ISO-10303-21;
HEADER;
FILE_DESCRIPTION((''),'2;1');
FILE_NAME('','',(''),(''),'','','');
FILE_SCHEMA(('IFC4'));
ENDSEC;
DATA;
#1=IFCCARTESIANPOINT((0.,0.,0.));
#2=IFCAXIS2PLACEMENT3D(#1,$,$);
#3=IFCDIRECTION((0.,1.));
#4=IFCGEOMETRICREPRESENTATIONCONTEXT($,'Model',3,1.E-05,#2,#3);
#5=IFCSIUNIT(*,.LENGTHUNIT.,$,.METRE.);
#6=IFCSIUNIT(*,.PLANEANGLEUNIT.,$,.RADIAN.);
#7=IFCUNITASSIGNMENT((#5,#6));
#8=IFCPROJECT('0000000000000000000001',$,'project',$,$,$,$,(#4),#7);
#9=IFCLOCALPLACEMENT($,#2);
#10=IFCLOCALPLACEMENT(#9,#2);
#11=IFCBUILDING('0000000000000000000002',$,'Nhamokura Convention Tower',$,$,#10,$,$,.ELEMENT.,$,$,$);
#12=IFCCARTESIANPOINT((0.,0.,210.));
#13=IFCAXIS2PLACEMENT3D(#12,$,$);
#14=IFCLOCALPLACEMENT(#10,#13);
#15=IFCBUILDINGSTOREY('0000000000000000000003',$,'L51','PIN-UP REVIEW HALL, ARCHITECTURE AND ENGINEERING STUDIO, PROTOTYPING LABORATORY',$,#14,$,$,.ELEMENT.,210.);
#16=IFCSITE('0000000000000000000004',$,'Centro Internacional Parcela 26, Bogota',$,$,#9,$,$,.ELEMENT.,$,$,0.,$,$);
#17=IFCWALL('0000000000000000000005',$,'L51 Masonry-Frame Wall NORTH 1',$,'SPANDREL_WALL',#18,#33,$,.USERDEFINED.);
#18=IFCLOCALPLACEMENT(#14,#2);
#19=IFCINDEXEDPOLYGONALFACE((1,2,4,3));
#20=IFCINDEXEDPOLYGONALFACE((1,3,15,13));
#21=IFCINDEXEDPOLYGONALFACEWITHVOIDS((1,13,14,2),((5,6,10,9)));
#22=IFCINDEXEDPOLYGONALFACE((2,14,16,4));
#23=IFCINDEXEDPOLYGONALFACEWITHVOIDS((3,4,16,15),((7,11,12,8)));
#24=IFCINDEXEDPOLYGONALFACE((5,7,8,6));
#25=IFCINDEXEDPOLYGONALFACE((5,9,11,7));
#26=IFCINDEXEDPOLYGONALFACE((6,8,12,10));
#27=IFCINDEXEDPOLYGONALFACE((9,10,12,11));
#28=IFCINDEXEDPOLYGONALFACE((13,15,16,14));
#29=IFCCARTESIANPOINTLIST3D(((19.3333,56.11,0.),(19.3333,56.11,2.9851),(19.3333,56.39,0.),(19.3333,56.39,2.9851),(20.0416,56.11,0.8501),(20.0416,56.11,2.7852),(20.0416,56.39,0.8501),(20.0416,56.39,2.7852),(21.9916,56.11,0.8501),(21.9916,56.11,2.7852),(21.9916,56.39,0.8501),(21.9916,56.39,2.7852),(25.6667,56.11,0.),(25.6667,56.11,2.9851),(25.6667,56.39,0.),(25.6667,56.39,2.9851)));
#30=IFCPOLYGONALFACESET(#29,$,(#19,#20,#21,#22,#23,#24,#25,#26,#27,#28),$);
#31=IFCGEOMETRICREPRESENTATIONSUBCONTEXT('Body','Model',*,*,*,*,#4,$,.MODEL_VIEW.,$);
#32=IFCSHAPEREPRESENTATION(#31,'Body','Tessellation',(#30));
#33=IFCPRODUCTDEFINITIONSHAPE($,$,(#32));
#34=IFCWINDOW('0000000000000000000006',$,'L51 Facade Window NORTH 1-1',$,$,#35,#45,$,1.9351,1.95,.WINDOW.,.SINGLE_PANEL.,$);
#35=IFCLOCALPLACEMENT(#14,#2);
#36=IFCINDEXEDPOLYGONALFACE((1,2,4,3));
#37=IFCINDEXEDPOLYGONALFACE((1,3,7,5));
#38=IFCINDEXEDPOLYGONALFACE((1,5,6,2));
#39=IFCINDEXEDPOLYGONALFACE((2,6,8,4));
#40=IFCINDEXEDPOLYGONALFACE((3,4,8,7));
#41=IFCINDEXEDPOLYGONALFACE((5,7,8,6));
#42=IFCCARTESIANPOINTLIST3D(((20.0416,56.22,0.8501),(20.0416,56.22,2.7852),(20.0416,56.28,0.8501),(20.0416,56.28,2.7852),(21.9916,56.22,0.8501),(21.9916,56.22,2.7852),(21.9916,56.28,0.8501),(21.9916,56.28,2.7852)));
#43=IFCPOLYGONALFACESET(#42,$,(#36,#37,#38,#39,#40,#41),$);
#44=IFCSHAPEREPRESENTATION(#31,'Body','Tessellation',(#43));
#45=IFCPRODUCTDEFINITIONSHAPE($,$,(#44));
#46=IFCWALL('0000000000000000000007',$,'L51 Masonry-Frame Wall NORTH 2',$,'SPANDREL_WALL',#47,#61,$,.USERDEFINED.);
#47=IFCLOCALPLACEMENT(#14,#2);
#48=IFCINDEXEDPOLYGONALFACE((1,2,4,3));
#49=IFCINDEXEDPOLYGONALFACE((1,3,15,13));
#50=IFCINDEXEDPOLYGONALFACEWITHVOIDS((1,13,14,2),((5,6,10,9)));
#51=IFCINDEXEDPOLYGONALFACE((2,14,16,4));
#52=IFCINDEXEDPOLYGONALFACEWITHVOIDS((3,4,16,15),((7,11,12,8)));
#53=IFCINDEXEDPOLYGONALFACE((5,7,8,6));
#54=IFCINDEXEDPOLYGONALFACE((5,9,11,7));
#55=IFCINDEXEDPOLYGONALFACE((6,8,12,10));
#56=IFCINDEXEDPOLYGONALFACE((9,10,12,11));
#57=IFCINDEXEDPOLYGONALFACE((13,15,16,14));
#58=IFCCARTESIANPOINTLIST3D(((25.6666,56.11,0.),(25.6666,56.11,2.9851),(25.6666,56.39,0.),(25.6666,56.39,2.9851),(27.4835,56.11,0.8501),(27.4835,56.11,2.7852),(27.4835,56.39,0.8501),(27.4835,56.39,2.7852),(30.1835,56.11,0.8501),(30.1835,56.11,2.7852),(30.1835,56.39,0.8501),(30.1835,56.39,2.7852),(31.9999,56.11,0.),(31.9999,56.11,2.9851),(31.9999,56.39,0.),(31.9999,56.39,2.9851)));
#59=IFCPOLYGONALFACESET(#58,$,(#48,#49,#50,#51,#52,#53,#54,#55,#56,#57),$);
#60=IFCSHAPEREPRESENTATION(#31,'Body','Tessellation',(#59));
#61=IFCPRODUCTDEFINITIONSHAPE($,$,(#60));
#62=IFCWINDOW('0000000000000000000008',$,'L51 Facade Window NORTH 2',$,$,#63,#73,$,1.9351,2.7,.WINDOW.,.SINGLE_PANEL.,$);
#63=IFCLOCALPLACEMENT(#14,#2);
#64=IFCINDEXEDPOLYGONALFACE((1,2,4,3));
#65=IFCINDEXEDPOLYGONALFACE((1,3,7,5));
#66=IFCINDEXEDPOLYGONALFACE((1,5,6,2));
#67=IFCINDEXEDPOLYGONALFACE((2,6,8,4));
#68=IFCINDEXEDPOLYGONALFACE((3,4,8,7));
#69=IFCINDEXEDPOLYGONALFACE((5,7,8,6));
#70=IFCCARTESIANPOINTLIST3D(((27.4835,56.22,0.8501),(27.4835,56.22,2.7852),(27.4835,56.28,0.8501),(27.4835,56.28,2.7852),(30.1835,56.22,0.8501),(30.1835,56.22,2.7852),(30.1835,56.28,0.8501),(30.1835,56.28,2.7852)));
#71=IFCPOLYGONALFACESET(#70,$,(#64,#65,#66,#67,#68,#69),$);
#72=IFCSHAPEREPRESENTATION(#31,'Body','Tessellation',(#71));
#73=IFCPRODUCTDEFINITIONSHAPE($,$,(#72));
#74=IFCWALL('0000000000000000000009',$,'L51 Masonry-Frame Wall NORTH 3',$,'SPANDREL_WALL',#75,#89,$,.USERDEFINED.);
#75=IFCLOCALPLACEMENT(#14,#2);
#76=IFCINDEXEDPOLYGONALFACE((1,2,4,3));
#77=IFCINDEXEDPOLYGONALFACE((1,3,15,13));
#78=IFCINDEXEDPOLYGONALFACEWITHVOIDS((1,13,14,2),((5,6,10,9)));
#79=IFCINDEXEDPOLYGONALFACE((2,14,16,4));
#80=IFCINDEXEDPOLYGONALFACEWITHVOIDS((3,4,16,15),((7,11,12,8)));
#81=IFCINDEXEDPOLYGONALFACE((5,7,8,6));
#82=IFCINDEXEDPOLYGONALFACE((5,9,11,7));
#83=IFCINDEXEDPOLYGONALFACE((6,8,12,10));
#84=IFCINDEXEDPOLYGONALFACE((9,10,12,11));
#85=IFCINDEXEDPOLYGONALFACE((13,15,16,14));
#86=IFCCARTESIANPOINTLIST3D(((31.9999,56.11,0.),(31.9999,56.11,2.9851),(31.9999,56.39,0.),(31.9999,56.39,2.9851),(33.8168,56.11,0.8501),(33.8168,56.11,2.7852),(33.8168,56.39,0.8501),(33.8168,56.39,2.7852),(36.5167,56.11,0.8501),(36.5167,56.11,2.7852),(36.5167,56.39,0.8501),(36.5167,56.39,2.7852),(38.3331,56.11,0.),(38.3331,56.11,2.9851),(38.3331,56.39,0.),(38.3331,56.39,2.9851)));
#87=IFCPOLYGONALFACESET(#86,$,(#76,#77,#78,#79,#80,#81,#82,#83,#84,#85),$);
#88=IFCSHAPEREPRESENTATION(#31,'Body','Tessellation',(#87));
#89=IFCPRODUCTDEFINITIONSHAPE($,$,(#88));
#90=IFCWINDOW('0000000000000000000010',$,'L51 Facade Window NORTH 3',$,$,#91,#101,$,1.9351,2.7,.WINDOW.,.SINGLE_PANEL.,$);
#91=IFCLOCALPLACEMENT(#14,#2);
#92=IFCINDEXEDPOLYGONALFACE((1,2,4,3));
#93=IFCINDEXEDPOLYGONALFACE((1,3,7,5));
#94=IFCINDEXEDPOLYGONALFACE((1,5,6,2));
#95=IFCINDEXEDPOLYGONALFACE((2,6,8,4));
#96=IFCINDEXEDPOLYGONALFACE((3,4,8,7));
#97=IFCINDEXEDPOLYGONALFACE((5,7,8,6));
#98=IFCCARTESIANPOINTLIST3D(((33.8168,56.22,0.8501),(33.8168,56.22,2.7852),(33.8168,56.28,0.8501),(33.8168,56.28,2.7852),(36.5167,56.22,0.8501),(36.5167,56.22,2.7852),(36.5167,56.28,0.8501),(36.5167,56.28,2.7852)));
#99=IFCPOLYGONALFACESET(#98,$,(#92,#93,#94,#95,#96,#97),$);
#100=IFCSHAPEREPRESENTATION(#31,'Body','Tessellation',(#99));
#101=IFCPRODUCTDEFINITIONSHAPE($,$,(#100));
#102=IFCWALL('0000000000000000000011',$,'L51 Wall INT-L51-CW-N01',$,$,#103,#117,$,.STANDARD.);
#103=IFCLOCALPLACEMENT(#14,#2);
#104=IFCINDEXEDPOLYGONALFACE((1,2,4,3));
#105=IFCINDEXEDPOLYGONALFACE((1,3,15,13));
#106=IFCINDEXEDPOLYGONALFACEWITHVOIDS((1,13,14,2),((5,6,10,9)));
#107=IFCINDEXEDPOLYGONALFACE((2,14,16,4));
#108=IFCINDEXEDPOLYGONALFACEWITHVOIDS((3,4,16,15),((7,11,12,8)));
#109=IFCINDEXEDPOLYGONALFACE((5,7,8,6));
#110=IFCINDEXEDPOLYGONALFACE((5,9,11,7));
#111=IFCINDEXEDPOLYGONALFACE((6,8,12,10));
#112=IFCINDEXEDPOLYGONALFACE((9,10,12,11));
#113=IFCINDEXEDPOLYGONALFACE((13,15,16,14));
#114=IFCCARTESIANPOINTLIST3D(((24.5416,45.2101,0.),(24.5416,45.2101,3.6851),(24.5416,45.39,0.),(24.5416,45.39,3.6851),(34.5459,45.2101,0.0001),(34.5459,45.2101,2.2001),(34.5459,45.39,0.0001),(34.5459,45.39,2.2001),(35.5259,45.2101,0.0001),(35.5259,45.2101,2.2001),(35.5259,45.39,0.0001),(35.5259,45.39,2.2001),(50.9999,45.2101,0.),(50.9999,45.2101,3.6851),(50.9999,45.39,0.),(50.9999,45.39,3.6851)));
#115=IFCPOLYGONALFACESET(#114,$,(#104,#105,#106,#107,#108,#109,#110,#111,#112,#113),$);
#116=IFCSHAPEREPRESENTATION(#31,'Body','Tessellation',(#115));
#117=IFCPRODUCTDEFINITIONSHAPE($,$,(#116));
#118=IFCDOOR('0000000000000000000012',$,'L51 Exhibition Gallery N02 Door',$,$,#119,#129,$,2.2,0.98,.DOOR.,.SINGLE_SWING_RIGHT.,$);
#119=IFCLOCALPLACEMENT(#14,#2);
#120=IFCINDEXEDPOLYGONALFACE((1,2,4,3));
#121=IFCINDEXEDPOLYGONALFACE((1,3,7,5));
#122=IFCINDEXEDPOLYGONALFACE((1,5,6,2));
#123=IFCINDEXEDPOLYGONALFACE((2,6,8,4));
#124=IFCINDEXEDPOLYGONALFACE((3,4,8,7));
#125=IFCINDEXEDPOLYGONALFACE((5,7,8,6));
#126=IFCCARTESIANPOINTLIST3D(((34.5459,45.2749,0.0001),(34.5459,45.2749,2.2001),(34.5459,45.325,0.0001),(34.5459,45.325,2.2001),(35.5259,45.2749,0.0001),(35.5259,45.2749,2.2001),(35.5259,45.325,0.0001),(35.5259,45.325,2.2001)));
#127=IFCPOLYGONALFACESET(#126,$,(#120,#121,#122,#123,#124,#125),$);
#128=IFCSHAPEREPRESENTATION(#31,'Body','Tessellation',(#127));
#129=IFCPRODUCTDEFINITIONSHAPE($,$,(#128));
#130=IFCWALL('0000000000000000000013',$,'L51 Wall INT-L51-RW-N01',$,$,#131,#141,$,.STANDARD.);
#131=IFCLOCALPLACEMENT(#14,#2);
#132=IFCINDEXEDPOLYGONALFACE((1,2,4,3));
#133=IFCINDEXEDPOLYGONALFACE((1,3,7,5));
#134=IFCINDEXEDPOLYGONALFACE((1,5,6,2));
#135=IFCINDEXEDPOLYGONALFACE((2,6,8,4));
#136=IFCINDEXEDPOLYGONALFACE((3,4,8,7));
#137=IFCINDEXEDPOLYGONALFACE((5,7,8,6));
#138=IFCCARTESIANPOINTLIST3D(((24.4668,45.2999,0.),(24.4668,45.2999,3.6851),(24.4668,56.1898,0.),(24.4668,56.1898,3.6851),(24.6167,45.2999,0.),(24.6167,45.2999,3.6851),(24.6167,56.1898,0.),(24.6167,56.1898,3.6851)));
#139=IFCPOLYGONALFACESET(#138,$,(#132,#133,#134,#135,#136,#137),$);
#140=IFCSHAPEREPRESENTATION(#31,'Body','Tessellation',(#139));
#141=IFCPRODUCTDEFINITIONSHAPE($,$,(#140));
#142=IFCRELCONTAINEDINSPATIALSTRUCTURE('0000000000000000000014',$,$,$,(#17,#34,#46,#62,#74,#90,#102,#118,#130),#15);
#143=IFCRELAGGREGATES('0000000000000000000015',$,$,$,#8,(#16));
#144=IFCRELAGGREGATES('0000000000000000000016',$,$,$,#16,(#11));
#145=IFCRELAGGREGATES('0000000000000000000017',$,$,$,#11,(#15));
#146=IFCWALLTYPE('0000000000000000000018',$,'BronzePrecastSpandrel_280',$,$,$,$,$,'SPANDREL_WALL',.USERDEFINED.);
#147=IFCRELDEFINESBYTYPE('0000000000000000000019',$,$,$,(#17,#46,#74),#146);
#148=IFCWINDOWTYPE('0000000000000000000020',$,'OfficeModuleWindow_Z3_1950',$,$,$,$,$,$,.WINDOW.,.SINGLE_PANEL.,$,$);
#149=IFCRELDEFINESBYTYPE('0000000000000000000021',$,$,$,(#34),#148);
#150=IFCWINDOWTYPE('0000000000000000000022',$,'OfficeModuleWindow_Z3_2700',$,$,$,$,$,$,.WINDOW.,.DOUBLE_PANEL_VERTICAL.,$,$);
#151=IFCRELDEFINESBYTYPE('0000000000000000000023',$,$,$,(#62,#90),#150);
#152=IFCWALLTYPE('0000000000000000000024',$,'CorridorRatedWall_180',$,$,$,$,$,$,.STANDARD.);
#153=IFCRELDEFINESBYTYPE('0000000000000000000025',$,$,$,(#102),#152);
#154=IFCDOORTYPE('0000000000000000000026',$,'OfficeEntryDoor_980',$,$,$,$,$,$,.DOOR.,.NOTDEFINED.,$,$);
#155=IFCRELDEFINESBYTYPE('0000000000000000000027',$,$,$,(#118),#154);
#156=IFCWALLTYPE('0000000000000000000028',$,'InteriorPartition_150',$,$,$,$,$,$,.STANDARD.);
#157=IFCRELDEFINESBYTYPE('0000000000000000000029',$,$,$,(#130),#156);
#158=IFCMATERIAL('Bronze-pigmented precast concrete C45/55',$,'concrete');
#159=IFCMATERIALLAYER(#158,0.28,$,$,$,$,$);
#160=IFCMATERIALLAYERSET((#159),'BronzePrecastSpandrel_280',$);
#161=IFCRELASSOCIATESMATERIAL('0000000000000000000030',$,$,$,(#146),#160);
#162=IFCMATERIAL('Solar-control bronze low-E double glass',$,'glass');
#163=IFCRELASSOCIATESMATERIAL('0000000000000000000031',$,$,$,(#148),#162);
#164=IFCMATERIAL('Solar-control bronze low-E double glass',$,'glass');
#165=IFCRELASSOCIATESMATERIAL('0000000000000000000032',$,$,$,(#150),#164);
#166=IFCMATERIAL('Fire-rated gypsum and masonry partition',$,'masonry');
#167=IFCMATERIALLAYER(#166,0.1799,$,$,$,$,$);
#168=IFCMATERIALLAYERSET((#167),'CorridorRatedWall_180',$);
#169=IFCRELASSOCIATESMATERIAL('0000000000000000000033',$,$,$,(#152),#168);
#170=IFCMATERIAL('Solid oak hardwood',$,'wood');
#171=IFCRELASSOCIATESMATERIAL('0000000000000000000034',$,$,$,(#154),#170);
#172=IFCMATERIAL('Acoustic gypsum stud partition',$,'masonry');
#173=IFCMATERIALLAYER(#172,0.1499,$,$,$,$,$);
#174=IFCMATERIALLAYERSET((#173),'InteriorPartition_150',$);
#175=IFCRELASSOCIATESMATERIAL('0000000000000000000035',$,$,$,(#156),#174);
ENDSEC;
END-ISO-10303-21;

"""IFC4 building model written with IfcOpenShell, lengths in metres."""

from ifc_helpers import new_model, si_unit, direction, frame, frame_2d, origin, place, context, subcontext, project, spatial, rectangle, extrude, material, layer, layer_set, type_object, element, fill, save


model = new_model("IFC4")

# Units and contexts
model_context = context("Model", 3, precision=1e-05, world=origin(), true_north=direction((0.0, 1.0)))
body_context = subcontext(model_context, "Body", "Model", "MODEL_VIEW")
ifc_project = project(units=[si_unit("LENGTHUNIT", "METRE"), si_unit("PLANEANGLEUNIT", "RADIAN")], contexts=[model_context])

# Site, building, storey
site_placement = place(None, origin())
site = spatial("IfcSite", under=ifc_project, at=site_placement, Name="Centro Internacional Parcela 26, Bogota", CompositionType="ELEMENT", RefElevation=0.0)
building_placement = place(site_placement, origin())
building = spatial("IfcBuilding", under=site, at=building_placement, Name="Nhamokura Convention Tower", CompositionType="ELEMENT")
storey_placement = place(building_placement, frame((0.0, 0.0, 210.0)))
storey = spatial("IfcBuildingStorey", under=building, at=storey_placement, Name="L51", Description="PIN-UP REVIEW HALL, ARCHITECTURE AND ENGINEERING STUDIO, PROTOTYPING LABORATORY", CompositionType="ELEMENT", Elevation=210.0)

# Walls, openings, windows
ifc_material_1 = material(Name="Bronze-pigmented precast concrete C45/55", Category="concrete")
ifc_layer_1 = layer(ifc_material_1, 0.28)
ifc_layer_set_1 = layer_set([ifc_layer_1], Name="BronzePrecastSpandrel_280")
wall_type_1 = type_object("IfcWallType", Name="BronzePrecastSpandrel_280", ElementType="SPANDREL_WALL", PredefinedType="USERDEFINED", material=ifc_layer_set_1)
wall_1_placement = place(storey_placement, frame((19.3333, 56.25, 0.0), z_axis=(0.0, 0.0, 1.0), x_axis=(1.0, 0.0, 0.0)))
wall_1 = element("IfcWall", 1, at=wall_1_placement, inside=storey, type_object=wall_type_1, Name="L51 Masonry-Frame Wall NORTH 1", ObjectType="SPANDREL_WALL", PredefinedType="USERDEFINED", context=body_context, shape_type="SweptSolid", body=[
    extrude(rectangle(XDim=6.3335, YDim=0.28, at=frame_2d((3.1667, 0.0))), origin(), (0.0, 0.0, 1.0), 2.9851),
])
opening_1_placement = place(wall_1_placement, frame((0.7083, 0.0, 0.8501)))
opening_1 = element("IfcOpeningElement", 2, at=opening_1_placement, cuts=wall_1, PredefinedType="OPENING", context=body_context, shape_type="SweptSolid", body=[
    extrude(rectangle(XDim=1.95, YDim=1.9351, at=frame_2d((0.9751, 0.9675))), frame((0.0, 0.1499, 0.0), z_axis=(0.0, -1.0, 0.0), x_axis=(1.0, 0.0, 0.0)), (0.0, 0.0, 1.0), 0.3),
])
ifc_material_2 = material(Name="Solar-control bronze low-E double glass", Category="glass")
window_type_1 = type_object("IfcWindowType", Name="OfficeModuleWindow_Z3_1950", PartitioningType="SINGLE_PANEL", PredefinedType="WINDOW", material=ifc_material_2)
window_1_placement = place(opening_1_placement, origin())
window_1 = element("IfcWindow", 3, at=window_1_placement, inside=storey, type_object=window_type_1, Name="L51 Facade Window NORTH 1-1", OverallHeight=1.9351, OverallWidth=1.95, PartitioningType="SINGLE_PANEL", PredefinedType="WINDOW", context=body_context, shape_type="SweptSolid", body=[
    extrude(rectangle(XDim=1.95, YDim=1.9351, at=frame_2d((0.9751, 0.9675))), frame((0.0, 0.03, 0.0), z_axis=(0.0, -1.0, 0.0), x_axis=(1.0, 0.0, 0.0)), (0.0, 0.0, 1.0), 0.0601),
])
fill(opening_1, window_1)
wall_2_placement = place(storey_placement, frame((25.6667, 56.25, 0.0), z_axis=(0.0, 0.0, 1.0), x_axis=(1.0, 0.0, 0.0)))
wall_2 = element("IfcWall", 4, at=wall_2_placement, inside=storey, type_object=wall_type_1, Name="L51 Masonry-Frame Wall NORTH 2", ObjectType="SPANDREL_WALL", PredefinedType="USERDEFINED", context=body_context, shape_type="SweptSolid", body=[
    extrude(rectangle(XDim=6.3333, YDim=0.28, at=frame_2d((3.1665, 0.0))), origin(), (0.0, 0.0, 1.0), 2.9851),
])
opening_2_placement = place(wall_2_placement, frame((1.8167, 0.0, 0.8501)))
opening_2 = element("IfcOpeningElement", 5, at=opening_2_placement, cuts=wall_2, PredefinedType="OPENING", context=body_context, shape_type="SweptSolid", body=[
    extrude(rectangle(XDim=2.7, YDim=1.9351, at=frame_2d((1.3501, 0.9675))), frame((0.0, 0.1499, 0.0), z_axis=(0.0, -1.0, 0.0), x_axis=(1.0, 0.0, 0.0)), (0.0, 0.0, 1.0), 0.3),
])
ifc_material_3 = material(Name="Solar-control bronze low-E double glass", Category="glass")
window_type_2 = type_object("IfcWindowType", Name="OfficeModuleWindow_Z3_2700", PartitioningType="DOUBLE_PANEL_VERTICAL", PredefinedType="WINDOW", material=ifc_material_3)
window_2_placement = place(opening_2_placement, origin())
window_2 = element("IfcWindow", 6, at=window_2_placement, inside=storey, type_object=window_type_2, Name="L51 Facade Window NORTH 2", OverallHeight=1.9351, OverallWidth=2.7, PartitioningType="SINGLE_PANEL", PredefinedType="WINDOW", context=body_context, shape_type="SweptSolid", body=[
    extrude(rectangle(XDim=2.7, YDim=1.9351, at=frame_2d((1.3501, 0.9675))), frame((0.0, 0.03, 0.0), z_axis=(0.0, -1.0, 0.0), x_axis=(1.0, 0.0, 0.0)), (0.0, 0.0, 1.0), 0.0601),
])
fill(opening_2, window_2)
wall_3_placement = place(storey_placement, frame((32.0, 56.25, 0.0), z_axis=(0.0, 0.0, 1.0), x_axis=(1.0, 0.0, 0.0)))
wall_3 = element("IfcWall", 7, at=wall_3_placement, inside=storey, type_object=wall_type_1, Name="L51 Masonry-Frame Wall NORTH 3", ObjectType="SPANDREL_WALL", PredefinedType="USERDEFINED", context=body_context, shape_type="SweptSolid", body=[
    extrude(rectangle(XDim=6.3333, YDim=0.28, at=frame_2d((3.1665, 0.0))), origin(), (0.0, 0.0, 1.0), 2.9851),
])
opening_3_placement = place(wall_3_placement, frame((1.8167, 0.0, 0.8501)))
opening_3 = element("IfcOpeningElement", 8, at=opening_3_placement, cuts=wall_3, PredefinedType="OPENING", context=body_context, shape_type="SweptSolid", body=[
    extrude(rectangle(XDim=2.7, YDim=1.9351, at=frame_2d((1.3501, 0.9675))), frame((0.0, 0.1499, 0.0), z_axis=(0.0, -1.0, 0.0), x_axis=(1.0, 0.0, 0.0)), (0.0, 0.0, 1.0), 0.3),
])
window_3_placement = place(opening_3_placement, origin())
window_3 = element("IfcWindow", 9, at=window_3_placement, inside=storey, type_object=window_type_2, Name="L51 Facade Window NORTH 3", OverallHeight=1.9351, OverallWidth=2.7, PartitioningType="SINGLE_PANEL", PredefinedType="WINDOW", context=body_context, shape_type="SweptSolid", body=[
    extrude(rectangle(XDim=2.7, YDim=1.9351, at=frame_2d((1.3501, 0.9675))), frame((0.0, 0.03, 0.0), z_axis=(0.0, -1.0, 0.0), x_axis=(1.0, 0.0, 0.0)), (0.0, 0.0, 1.0), 0.0601),
])
fill(opening_3, window_3)

# Wall, opening, door
ifc_material_4 = material(Name="Fire-rated gypsum and masonry partition", Category="masonry")
ifc_layer_2 = layer(ifc_material_4, 0.1799)
ifc_layer_set_2 = layer_set([ifc_layer_2], Name="CorridorRatedWall_180")
wall_type_2 = type_object("IfcWallType", Name="CorridorRatedWall_180", PredefinedType="STANDARD", material=ifc_layer_set_2)
wall_4_placement = place(storey_placement, frame((24.5417, 45.3, 0.0), z_axis=(0.0, 0.0, 1.0), x_axis=(1.0, 0.0, 0.0)))
wall_4 = element("IfcWall", 10, at=wall_4_placement, inside=storey, type_object=wall_type_2, Name="L51 Wall INT-L51-CW-N01", PredefinedType="STANDARD", context=body_context, shape_type="SweptSolid", body=[
    extrude(rectangle(XDim=26.4583, YDim=0.1799, at=frame_2d((13.229, 0.0))), origin(), (0.0, 0.0, 1.0), 3.6851),
])
opening_4_placement = place(wall_4_placement, frame((10.0042, 0.0, 0.0)))
opening_4 = element("IfcOpeningElement", 11, at=opening_4_placement, cuts=wall_4, PredefinedType="OPENING", context=body_context, shape_type="SweptSolid", body=[
    extrude(rectangle(XDim=0.98, YDim=2.2, at=frame_2d((0.49, 1.1001))), frame((0.0, 0.0999, 0.0), z_axis=(0.0, -1.0, 0.0), x_axis=(1.0, 0.0, 0.0)), (0.0, 0.0, 1.0), 0.2),
])
ifc_material_5 = material(Name="Solid oak hardwood", Category="wood")
door_type = type_object("IfcDoorType", Name="OfficeEntryDoor_980", OperationType="NOTDEFINED", PredefinedType="DOOR", material=ifc_material_5)
door_placement = place(opening_4_placement, origin())
door = element("IfcDoor", 12, at=door_placement, inside=storey, type_object=door_type, Name="L51 Exhibition Gallery N02 Door", OperationType="SINGLE_SWING_RIGHT", OverallHeight=2.2, OverallWidth=0.98, PredefinedType="DOOR", context=body_context, shape_type="SweptSolid", body=[
    extrude(rectangle(XDim=0.98, YDim=2.2, at=frame_2d((0.49, 1.1001))), frame((0.0, 0.0249, 0.0), z_axis=(0.0, -1.0, 0.0), x_axis=(1.0, 0.0, 0.0)), (0.0, 0.0, 1.0), 0.05),
])
fill(opening_4, door)

# Wall
ifc_material_6 = material(Name="Acoustic gypsum stud partition", Category="masonry")
ifc_layer_3 = layer(ifc_material_6, 0.1499)
ifc_layer_set_3 = layer_set([ifc_layer_3], Name="InteriorPartition_150")
wall_type_3 = type_object("IfcWallType", Name="InteriorPartition_150", PredefinedType="STANDARD", material=ifc_layer_set_3)
wall_5_placement = place(storey_placement, frame((24.5417, 45.3, 0.0), z_axis=(0.0, 0.0, 1.0), x_axis=(0.0, 1.0, 0.0)))
element("IfcWall", 13, at=wall_5_placement, inside=storey, type_object=wall_type_3, Name="L51 Wall INT-L51-RW-N01", PredefinedType="STANDARD", context=body_context, shape_type="SweptSolid", body=[
    extrude(rectangle(XDim=10.8899, YDim=0.1499, at=frame_2d((5.4448, 0.0))), origin(), (0.0, 0.0, 1.0), 3.6851),
])

save(model, "model.ifc")
